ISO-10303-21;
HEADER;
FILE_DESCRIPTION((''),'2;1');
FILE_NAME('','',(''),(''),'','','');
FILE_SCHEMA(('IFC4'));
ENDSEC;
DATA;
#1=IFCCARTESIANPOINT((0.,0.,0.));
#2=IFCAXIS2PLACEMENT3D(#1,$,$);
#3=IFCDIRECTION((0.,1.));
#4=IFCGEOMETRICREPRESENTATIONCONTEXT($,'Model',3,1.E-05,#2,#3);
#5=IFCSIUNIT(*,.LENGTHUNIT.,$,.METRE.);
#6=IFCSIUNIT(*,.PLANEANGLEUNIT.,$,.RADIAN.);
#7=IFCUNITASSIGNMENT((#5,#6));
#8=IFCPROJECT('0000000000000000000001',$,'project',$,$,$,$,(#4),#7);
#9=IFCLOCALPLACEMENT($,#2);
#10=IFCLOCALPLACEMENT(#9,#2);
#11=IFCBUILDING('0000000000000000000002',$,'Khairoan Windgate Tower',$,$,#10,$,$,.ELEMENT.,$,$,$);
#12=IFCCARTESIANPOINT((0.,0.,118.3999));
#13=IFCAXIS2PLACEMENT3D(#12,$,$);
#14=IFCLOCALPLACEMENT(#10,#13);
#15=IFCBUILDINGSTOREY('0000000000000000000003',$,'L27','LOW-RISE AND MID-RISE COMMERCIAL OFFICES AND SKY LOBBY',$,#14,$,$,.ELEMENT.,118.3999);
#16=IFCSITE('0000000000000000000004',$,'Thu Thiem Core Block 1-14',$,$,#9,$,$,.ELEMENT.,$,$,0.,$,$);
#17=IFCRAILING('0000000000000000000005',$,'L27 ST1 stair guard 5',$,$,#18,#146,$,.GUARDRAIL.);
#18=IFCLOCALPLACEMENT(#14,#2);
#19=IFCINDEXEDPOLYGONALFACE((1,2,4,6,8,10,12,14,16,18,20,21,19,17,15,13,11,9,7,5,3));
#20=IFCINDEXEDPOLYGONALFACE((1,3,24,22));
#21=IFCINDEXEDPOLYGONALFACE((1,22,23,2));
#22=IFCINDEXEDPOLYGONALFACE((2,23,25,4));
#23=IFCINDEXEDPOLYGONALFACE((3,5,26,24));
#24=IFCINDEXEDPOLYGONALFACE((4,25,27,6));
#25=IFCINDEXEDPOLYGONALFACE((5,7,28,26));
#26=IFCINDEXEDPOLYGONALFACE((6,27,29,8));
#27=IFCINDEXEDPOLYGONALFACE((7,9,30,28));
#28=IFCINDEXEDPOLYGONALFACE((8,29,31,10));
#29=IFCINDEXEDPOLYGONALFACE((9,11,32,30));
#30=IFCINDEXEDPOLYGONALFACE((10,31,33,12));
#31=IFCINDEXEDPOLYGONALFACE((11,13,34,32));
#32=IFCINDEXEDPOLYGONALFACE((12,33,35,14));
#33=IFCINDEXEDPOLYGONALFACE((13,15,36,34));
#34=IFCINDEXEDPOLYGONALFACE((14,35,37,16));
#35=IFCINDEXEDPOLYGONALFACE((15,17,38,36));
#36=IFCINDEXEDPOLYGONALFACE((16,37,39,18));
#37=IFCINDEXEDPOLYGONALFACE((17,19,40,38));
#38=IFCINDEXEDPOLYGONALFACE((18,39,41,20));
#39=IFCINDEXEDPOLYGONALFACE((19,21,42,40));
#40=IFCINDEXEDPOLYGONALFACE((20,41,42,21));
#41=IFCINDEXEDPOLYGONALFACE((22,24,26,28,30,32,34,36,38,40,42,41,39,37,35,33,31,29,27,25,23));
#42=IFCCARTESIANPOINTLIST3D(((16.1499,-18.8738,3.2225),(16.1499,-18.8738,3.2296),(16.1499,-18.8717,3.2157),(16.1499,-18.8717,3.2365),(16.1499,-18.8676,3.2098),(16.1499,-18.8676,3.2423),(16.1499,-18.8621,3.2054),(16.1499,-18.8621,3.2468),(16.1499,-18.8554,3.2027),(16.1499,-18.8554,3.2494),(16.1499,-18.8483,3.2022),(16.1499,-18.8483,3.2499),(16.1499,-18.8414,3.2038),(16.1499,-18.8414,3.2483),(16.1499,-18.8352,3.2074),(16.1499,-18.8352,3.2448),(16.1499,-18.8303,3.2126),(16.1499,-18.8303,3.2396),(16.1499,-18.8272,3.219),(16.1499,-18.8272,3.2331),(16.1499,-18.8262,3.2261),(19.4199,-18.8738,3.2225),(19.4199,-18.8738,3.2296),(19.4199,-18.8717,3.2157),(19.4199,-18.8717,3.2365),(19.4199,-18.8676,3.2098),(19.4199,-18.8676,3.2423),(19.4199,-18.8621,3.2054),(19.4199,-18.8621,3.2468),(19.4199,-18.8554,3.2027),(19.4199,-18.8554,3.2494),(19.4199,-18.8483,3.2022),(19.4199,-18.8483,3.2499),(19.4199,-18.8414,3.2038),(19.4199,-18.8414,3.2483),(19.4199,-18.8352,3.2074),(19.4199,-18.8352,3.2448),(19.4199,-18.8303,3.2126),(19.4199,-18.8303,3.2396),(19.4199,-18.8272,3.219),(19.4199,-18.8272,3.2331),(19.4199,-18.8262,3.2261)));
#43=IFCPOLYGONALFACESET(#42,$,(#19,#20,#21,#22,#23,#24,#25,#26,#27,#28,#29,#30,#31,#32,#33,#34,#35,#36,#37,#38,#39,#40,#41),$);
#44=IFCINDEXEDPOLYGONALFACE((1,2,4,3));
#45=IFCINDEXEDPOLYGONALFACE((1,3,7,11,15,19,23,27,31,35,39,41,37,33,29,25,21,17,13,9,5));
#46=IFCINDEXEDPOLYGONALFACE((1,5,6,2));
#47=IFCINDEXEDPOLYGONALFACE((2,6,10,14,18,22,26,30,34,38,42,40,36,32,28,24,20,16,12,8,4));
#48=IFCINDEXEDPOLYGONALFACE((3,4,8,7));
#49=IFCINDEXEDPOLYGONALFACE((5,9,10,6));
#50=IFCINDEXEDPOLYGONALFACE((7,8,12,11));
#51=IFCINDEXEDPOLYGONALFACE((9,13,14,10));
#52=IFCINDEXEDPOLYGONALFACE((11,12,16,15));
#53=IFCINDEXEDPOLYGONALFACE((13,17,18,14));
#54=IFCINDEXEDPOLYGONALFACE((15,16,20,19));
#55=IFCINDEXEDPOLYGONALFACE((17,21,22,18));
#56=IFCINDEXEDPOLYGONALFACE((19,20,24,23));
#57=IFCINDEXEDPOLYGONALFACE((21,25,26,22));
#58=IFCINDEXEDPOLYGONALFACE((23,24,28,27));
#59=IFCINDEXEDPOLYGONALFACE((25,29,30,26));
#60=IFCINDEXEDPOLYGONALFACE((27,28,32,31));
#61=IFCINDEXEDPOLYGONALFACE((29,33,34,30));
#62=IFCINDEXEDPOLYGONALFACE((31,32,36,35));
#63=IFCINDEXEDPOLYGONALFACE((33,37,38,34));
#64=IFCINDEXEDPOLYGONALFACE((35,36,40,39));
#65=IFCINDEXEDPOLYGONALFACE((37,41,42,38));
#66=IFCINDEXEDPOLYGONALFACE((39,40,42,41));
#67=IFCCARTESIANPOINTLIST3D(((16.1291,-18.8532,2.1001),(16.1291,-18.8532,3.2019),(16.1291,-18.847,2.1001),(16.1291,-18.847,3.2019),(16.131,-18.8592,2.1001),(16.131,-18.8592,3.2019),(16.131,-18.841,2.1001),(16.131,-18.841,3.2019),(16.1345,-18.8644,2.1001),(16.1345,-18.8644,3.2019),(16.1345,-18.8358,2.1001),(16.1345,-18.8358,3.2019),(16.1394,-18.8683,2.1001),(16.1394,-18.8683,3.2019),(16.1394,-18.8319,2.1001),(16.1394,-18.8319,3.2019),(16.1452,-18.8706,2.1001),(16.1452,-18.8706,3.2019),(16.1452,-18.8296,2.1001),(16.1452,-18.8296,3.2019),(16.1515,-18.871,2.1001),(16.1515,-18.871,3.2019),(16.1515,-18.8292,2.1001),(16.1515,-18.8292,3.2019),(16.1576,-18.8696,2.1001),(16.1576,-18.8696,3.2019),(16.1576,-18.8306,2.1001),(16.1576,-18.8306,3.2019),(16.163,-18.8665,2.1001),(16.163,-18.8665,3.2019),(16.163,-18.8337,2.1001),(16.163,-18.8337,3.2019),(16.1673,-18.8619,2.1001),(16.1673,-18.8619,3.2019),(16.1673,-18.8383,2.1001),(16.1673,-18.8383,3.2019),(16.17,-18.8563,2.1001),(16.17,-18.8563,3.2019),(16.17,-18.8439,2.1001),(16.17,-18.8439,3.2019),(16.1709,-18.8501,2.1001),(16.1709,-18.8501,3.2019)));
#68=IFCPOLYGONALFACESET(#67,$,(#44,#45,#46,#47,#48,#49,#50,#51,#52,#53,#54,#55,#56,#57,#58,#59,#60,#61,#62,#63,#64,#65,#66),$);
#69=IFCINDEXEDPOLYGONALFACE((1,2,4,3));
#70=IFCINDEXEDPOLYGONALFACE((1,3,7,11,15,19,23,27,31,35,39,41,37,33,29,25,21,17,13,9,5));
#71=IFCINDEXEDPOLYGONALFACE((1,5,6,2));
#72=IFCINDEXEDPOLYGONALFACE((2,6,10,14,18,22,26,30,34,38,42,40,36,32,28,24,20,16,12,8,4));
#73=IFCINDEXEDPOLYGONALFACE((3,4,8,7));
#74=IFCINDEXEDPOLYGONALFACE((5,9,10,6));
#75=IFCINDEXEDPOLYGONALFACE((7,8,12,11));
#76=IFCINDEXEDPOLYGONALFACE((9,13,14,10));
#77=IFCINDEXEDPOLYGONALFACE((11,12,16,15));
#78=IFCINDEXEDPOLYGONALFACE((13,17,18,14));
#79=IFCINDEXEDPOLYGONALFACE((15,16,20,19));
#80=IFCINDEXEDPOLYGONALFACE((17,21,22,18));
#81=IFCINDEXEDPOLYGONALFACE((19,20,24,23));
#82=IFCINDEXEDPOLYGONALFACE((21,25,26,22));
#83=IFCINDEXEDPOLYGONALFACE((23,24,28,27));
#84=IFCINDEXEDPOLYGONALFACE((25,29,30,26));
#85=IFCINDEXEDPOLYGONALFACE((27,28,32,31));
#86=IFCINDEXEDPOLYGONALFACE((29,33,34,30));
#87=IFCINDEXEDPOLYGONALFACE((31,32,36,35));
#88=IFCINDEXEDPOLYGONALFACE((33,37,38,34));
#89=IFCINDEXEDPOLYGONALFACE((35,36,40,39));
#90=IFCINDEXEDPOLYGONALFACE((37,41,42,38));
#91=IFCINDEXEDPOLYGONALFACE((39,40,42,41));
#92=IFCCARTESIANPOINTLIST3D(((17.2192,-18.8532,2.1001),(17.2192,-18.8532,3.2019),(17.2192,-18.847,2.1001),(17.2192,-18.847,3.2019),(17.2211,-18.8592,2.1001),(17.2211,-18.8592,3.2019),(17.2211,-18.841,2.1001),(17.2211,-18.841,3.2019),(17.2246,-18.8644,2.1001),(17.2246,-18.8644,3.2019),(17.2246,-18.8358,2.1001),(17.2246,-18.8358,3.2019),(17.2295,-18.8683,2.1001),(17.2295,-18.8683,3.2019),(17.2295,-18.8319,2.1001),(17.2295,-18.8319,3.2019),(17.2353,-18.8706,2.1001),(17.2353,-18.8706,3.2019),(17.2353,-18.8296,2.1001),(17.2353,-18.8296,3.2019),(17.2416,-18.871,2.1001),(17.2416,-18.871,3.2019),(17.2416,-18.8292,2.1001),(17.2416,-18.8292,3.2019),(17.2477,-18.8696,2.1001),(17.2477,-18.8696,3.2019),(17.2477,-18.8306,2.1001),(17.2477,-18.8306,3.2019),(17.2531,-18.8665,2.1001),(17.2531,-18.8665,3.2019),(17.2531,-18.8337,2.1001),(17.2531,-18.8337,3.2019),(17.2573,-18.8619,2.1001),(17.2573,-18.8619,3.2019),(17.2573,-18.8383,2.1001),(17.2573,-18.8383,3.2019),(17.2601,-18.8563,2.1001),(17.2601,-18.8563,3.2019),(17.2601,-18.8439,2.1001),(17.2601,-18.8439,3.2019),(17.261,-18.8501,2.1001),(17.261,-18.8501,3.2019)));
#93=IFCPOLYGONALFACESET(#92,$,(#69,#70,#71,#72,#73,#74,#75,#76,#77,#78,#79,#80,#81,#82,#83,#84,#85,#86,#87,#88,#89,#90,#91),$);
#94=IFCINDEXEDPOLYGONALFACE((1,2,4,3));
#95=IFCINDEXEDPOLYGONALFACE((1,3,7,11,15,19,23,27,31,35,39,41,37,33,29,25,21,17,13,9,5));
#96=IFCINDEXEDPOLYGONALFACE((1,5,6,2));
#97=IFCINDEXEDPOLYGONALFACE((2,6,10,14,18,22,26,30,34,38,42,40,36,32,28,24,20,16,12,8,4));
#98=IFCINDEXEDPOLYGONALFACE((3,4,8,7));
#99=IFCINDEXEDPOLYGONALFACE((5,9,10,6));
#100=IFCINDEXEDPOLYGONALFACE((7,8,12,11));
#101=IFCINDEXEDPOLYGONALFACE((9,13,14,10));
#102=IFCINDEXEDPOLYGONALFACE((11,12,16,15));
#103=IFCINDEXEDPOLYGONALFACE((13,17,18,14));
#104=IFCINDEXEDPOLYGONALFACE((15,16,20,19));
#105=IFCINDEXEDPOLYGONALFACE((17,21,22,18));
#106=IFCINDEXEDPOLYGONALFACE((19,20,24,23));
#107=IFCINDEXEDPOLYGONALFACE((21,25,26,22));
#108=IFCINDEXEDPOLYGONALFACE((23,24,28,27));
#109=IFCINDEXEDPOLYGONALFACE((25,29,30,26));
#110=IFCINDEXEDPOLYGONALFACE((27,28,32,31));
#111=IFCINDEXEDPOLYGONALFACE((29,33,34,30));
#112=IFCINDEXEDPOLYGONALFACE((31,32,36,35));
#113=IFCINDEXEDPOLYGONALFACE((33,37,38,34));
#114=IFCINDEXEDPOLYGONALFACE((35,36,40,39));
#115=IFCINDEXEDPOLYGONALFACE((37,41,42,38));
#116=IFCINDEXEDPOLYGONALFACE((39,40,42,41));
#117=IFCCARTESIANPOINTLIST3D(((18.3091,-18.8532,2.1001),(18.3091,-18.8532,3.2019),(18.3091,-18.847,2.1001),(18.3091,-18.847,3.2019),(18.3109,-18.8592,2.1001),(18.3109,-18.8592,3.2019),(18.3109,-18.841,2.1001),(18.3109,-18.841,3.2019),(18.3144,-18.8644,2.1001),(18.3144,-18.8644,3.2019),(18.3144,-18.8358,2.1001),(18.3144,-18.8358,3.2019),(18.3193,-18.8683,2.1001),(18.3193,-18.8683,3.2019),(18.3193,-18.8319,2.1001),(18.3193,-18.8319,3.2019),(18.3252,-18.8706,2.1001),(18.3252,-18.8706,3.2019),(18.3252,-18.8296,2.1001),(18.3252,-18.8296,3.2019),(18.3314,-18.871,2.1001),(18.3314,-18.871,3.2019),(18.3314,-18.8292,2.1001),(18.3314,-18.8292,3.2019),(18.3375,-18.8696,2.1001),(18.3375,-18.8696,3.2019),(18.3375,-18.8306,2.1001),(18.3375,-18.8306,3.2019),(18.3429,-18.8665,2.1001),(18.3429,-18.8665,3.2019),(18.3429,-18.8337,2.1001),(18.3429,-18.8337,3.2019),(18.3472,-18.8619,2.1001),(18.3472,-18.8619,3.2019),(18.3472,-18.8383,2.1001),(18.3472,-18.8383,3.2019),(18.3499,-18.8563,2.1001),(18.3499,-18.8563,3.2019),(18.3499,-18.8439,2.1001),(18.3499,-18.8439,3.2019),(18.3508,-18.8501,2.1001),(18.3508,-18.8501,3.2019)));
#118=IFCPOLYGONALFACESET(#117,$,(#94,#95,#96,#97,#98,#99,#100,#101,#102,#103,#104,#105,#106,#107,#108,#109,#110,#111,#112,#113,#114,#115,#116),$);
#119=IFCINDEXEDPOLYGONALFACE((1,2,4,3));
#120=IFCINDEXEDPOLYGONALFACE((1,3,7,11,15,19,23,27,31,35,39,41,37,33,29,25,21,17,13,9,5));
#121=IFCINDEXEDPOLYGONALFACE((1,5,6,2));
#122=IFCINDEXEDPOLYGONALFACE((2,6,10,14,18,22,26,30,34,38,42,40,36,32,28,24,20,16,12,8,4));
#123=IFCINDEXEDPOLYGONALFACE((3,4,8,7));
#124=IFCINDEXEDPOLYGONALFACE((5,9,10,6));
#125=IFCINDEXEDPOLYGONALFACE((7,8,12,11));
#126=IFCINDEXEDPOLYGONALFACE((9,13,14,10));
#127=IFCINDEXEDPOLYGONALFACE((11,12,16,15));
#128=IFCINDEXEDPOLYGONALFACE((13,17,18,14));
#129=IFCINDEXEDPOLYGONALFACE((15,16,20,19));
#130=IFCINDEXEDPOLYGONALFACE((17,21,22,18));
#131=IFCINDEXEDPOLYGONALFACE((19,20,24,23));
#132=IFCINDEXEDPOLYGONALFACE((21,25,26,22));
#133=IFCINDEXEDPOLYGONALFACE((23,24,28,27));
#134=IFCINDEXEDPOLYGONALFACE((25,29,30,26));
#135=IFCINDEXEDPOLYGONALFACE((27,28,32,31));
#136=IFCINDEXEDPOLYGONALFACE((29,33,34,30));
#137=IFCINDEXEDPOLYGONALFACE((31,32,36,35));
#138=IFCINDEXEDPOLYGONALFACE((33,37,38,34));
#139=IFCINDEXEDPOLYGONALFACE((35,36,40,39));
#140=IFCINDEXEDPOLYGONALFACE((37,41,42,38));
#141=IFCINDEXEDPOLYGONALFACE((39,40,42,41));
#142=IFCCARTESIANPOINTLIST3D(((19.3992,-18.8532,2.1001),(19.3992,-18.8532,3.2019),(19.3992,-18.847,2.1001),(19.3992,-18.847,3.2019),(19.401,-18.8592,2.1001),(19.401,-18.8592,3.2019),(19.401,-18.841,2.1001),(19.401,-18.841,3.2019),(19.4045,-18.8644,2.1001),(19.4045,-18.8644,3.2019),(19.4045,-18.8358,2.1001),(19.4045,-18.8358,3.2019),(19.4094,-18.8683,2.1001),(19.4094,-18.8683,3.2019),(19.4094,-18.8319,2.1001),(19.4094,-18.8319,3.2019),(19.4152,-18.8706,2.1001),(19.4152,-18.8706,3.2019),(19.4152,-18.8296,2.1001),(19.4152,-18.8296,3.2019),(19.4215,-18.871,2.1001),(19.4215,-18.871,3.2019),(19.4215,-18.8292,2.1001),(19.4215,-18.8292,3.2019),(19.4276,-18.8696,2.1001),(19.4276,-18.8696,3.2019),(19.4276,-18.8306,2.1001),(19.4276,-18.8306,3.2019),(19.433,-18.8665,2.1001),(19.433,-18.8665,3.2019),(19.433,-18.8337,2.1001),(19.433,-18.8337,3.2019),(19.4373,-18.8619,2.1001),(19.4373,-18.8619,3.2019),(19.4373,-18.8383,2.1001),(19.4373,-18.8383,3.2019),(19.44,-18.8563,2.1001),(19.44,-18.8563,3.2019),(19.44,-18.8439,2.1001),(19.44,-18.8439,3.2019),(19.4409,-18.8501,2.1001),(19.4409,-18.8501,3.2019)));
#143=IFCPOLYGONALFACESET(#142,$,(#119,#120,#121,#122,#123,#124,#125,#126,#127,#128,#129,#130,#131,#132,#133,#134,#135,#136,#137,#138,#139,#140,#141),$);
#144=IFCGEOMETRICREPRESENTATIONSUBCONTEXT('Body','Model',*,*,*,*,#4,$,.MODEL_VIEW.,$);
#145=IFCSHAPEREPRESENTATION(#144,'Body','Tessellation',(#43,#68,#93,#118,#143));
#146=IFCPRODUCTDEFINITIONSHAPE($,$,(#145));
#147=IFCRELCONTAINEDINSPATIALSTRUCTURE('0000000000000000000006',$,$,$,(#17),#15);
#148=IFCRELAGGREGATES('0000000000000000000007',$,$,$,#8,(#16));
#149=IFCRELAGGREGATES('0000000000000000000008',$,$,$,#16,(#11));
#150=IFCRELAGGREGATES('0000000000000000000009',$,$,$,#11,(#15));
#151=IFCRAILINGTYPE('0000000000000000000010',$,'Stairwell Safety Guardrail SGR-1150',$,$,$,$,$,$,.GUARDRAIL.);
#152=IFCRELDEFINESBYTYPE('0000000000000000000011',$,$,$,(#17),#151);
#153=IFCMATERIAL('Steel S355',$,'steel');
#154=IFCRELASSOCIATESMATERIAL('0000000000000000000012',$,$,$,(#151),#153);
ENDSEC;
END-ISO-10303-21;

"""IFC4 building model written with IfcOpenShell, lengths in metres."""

from ifc_helpers import new_model, si_unit, direction, frame, origin, origin_2d, place, context, subcontext, project, spatial, circle, extrude, material, type_object, element, save


model = new_model("IFC4")

# Units and contexts
model_context = context("Model", 3, precision=1e-05, world=origin(), true_north=direction((0.0, 1.0)))
body_context = subcontext(model_context, "Body", "Model", "MODEL_VIEW")
ifc_project = project(units=[si_unit("LENGTHUNIT", "METRE"), si_unit("PLANEANGLEUNIT", "RADIAN")], contexts=[model_context])

# Site, building, storey
site_placement = place(None, origin())
site = spatial("IfcSite", under=ifc_project, at=site_placement, Name="Thu Thiem Core Block 1-14", CompositionType="ELEMENT", RefElevation=0.0)
building_placement = place(site_placement, origin())
building = spatial("IfcBuilding", under=site, at=building_placement, Name="Khairoan Windgate Tower", CompositionType="ELEMENT")
storey_placement = place(building_placement, frame((0.0, 0.0, 118.3999)))
storey = spatial("IfcBuildingStorey", under=building, at=storey_placement, Name="L27", Description="LOW-RISE AND MID-RISE COMMERCIAL OFFICES AND SKY LOBBY", CompositionType="ELEMENT", Elevation=118.3999)

# Railing
ifc_material_1 = material(Name="Steel S355", Category="steel")
railing_type_1 = type_object("IfcRailingType", Name="Stairwell Safety Guardrail SGR-1150", PredefinedType="GUARDRAIL", material=ifc_material_1)
railing_1_placement = place(storey_placement, frame((16.1499, -18.8501, 2.1001)))
element("IfcRailing", 1, at=railing_1_placement, inside=storey, type_object=railing_type_1, Name="L27 ST1 stair guard 5", PredefinedType="GUARDRAIL", context=body_context, shape_type="SweptSolid", body=[
    extrude(circle(Radius=0.0239, at=origin_2d()), frame((0.0, 0.0, 1.126), z_axis=(1.0, 0.0, 0.0), x_axis=(0.0, 1.0, 0.0)), (0.0, 0.0, 1.0), 3.27),
    extrude(circle(Radius=0.021, at=origin_2d()), origin(), (0.0, 0.0, 1.0), 1.1018),
    extrude(circle(Radius=0.021, at=origin_2d()), frame((1.0901, 0.0, 0.0)), (0.0, 0.0, 1.0), 1.1018),
    extrude(circle(Radius=0.021, at=origin_2d()), frame((2.1799, 0.0, 0.0)), (0.0, 0.0, 1.0), 1.1018),
    extrude(circle(Radius=0.021, at=origin_2d()), frame((3.27, 0.0, 0.0)), (0.0, 0.0, 1.0), 1.1018),
])

save(model, "model.ifc")
